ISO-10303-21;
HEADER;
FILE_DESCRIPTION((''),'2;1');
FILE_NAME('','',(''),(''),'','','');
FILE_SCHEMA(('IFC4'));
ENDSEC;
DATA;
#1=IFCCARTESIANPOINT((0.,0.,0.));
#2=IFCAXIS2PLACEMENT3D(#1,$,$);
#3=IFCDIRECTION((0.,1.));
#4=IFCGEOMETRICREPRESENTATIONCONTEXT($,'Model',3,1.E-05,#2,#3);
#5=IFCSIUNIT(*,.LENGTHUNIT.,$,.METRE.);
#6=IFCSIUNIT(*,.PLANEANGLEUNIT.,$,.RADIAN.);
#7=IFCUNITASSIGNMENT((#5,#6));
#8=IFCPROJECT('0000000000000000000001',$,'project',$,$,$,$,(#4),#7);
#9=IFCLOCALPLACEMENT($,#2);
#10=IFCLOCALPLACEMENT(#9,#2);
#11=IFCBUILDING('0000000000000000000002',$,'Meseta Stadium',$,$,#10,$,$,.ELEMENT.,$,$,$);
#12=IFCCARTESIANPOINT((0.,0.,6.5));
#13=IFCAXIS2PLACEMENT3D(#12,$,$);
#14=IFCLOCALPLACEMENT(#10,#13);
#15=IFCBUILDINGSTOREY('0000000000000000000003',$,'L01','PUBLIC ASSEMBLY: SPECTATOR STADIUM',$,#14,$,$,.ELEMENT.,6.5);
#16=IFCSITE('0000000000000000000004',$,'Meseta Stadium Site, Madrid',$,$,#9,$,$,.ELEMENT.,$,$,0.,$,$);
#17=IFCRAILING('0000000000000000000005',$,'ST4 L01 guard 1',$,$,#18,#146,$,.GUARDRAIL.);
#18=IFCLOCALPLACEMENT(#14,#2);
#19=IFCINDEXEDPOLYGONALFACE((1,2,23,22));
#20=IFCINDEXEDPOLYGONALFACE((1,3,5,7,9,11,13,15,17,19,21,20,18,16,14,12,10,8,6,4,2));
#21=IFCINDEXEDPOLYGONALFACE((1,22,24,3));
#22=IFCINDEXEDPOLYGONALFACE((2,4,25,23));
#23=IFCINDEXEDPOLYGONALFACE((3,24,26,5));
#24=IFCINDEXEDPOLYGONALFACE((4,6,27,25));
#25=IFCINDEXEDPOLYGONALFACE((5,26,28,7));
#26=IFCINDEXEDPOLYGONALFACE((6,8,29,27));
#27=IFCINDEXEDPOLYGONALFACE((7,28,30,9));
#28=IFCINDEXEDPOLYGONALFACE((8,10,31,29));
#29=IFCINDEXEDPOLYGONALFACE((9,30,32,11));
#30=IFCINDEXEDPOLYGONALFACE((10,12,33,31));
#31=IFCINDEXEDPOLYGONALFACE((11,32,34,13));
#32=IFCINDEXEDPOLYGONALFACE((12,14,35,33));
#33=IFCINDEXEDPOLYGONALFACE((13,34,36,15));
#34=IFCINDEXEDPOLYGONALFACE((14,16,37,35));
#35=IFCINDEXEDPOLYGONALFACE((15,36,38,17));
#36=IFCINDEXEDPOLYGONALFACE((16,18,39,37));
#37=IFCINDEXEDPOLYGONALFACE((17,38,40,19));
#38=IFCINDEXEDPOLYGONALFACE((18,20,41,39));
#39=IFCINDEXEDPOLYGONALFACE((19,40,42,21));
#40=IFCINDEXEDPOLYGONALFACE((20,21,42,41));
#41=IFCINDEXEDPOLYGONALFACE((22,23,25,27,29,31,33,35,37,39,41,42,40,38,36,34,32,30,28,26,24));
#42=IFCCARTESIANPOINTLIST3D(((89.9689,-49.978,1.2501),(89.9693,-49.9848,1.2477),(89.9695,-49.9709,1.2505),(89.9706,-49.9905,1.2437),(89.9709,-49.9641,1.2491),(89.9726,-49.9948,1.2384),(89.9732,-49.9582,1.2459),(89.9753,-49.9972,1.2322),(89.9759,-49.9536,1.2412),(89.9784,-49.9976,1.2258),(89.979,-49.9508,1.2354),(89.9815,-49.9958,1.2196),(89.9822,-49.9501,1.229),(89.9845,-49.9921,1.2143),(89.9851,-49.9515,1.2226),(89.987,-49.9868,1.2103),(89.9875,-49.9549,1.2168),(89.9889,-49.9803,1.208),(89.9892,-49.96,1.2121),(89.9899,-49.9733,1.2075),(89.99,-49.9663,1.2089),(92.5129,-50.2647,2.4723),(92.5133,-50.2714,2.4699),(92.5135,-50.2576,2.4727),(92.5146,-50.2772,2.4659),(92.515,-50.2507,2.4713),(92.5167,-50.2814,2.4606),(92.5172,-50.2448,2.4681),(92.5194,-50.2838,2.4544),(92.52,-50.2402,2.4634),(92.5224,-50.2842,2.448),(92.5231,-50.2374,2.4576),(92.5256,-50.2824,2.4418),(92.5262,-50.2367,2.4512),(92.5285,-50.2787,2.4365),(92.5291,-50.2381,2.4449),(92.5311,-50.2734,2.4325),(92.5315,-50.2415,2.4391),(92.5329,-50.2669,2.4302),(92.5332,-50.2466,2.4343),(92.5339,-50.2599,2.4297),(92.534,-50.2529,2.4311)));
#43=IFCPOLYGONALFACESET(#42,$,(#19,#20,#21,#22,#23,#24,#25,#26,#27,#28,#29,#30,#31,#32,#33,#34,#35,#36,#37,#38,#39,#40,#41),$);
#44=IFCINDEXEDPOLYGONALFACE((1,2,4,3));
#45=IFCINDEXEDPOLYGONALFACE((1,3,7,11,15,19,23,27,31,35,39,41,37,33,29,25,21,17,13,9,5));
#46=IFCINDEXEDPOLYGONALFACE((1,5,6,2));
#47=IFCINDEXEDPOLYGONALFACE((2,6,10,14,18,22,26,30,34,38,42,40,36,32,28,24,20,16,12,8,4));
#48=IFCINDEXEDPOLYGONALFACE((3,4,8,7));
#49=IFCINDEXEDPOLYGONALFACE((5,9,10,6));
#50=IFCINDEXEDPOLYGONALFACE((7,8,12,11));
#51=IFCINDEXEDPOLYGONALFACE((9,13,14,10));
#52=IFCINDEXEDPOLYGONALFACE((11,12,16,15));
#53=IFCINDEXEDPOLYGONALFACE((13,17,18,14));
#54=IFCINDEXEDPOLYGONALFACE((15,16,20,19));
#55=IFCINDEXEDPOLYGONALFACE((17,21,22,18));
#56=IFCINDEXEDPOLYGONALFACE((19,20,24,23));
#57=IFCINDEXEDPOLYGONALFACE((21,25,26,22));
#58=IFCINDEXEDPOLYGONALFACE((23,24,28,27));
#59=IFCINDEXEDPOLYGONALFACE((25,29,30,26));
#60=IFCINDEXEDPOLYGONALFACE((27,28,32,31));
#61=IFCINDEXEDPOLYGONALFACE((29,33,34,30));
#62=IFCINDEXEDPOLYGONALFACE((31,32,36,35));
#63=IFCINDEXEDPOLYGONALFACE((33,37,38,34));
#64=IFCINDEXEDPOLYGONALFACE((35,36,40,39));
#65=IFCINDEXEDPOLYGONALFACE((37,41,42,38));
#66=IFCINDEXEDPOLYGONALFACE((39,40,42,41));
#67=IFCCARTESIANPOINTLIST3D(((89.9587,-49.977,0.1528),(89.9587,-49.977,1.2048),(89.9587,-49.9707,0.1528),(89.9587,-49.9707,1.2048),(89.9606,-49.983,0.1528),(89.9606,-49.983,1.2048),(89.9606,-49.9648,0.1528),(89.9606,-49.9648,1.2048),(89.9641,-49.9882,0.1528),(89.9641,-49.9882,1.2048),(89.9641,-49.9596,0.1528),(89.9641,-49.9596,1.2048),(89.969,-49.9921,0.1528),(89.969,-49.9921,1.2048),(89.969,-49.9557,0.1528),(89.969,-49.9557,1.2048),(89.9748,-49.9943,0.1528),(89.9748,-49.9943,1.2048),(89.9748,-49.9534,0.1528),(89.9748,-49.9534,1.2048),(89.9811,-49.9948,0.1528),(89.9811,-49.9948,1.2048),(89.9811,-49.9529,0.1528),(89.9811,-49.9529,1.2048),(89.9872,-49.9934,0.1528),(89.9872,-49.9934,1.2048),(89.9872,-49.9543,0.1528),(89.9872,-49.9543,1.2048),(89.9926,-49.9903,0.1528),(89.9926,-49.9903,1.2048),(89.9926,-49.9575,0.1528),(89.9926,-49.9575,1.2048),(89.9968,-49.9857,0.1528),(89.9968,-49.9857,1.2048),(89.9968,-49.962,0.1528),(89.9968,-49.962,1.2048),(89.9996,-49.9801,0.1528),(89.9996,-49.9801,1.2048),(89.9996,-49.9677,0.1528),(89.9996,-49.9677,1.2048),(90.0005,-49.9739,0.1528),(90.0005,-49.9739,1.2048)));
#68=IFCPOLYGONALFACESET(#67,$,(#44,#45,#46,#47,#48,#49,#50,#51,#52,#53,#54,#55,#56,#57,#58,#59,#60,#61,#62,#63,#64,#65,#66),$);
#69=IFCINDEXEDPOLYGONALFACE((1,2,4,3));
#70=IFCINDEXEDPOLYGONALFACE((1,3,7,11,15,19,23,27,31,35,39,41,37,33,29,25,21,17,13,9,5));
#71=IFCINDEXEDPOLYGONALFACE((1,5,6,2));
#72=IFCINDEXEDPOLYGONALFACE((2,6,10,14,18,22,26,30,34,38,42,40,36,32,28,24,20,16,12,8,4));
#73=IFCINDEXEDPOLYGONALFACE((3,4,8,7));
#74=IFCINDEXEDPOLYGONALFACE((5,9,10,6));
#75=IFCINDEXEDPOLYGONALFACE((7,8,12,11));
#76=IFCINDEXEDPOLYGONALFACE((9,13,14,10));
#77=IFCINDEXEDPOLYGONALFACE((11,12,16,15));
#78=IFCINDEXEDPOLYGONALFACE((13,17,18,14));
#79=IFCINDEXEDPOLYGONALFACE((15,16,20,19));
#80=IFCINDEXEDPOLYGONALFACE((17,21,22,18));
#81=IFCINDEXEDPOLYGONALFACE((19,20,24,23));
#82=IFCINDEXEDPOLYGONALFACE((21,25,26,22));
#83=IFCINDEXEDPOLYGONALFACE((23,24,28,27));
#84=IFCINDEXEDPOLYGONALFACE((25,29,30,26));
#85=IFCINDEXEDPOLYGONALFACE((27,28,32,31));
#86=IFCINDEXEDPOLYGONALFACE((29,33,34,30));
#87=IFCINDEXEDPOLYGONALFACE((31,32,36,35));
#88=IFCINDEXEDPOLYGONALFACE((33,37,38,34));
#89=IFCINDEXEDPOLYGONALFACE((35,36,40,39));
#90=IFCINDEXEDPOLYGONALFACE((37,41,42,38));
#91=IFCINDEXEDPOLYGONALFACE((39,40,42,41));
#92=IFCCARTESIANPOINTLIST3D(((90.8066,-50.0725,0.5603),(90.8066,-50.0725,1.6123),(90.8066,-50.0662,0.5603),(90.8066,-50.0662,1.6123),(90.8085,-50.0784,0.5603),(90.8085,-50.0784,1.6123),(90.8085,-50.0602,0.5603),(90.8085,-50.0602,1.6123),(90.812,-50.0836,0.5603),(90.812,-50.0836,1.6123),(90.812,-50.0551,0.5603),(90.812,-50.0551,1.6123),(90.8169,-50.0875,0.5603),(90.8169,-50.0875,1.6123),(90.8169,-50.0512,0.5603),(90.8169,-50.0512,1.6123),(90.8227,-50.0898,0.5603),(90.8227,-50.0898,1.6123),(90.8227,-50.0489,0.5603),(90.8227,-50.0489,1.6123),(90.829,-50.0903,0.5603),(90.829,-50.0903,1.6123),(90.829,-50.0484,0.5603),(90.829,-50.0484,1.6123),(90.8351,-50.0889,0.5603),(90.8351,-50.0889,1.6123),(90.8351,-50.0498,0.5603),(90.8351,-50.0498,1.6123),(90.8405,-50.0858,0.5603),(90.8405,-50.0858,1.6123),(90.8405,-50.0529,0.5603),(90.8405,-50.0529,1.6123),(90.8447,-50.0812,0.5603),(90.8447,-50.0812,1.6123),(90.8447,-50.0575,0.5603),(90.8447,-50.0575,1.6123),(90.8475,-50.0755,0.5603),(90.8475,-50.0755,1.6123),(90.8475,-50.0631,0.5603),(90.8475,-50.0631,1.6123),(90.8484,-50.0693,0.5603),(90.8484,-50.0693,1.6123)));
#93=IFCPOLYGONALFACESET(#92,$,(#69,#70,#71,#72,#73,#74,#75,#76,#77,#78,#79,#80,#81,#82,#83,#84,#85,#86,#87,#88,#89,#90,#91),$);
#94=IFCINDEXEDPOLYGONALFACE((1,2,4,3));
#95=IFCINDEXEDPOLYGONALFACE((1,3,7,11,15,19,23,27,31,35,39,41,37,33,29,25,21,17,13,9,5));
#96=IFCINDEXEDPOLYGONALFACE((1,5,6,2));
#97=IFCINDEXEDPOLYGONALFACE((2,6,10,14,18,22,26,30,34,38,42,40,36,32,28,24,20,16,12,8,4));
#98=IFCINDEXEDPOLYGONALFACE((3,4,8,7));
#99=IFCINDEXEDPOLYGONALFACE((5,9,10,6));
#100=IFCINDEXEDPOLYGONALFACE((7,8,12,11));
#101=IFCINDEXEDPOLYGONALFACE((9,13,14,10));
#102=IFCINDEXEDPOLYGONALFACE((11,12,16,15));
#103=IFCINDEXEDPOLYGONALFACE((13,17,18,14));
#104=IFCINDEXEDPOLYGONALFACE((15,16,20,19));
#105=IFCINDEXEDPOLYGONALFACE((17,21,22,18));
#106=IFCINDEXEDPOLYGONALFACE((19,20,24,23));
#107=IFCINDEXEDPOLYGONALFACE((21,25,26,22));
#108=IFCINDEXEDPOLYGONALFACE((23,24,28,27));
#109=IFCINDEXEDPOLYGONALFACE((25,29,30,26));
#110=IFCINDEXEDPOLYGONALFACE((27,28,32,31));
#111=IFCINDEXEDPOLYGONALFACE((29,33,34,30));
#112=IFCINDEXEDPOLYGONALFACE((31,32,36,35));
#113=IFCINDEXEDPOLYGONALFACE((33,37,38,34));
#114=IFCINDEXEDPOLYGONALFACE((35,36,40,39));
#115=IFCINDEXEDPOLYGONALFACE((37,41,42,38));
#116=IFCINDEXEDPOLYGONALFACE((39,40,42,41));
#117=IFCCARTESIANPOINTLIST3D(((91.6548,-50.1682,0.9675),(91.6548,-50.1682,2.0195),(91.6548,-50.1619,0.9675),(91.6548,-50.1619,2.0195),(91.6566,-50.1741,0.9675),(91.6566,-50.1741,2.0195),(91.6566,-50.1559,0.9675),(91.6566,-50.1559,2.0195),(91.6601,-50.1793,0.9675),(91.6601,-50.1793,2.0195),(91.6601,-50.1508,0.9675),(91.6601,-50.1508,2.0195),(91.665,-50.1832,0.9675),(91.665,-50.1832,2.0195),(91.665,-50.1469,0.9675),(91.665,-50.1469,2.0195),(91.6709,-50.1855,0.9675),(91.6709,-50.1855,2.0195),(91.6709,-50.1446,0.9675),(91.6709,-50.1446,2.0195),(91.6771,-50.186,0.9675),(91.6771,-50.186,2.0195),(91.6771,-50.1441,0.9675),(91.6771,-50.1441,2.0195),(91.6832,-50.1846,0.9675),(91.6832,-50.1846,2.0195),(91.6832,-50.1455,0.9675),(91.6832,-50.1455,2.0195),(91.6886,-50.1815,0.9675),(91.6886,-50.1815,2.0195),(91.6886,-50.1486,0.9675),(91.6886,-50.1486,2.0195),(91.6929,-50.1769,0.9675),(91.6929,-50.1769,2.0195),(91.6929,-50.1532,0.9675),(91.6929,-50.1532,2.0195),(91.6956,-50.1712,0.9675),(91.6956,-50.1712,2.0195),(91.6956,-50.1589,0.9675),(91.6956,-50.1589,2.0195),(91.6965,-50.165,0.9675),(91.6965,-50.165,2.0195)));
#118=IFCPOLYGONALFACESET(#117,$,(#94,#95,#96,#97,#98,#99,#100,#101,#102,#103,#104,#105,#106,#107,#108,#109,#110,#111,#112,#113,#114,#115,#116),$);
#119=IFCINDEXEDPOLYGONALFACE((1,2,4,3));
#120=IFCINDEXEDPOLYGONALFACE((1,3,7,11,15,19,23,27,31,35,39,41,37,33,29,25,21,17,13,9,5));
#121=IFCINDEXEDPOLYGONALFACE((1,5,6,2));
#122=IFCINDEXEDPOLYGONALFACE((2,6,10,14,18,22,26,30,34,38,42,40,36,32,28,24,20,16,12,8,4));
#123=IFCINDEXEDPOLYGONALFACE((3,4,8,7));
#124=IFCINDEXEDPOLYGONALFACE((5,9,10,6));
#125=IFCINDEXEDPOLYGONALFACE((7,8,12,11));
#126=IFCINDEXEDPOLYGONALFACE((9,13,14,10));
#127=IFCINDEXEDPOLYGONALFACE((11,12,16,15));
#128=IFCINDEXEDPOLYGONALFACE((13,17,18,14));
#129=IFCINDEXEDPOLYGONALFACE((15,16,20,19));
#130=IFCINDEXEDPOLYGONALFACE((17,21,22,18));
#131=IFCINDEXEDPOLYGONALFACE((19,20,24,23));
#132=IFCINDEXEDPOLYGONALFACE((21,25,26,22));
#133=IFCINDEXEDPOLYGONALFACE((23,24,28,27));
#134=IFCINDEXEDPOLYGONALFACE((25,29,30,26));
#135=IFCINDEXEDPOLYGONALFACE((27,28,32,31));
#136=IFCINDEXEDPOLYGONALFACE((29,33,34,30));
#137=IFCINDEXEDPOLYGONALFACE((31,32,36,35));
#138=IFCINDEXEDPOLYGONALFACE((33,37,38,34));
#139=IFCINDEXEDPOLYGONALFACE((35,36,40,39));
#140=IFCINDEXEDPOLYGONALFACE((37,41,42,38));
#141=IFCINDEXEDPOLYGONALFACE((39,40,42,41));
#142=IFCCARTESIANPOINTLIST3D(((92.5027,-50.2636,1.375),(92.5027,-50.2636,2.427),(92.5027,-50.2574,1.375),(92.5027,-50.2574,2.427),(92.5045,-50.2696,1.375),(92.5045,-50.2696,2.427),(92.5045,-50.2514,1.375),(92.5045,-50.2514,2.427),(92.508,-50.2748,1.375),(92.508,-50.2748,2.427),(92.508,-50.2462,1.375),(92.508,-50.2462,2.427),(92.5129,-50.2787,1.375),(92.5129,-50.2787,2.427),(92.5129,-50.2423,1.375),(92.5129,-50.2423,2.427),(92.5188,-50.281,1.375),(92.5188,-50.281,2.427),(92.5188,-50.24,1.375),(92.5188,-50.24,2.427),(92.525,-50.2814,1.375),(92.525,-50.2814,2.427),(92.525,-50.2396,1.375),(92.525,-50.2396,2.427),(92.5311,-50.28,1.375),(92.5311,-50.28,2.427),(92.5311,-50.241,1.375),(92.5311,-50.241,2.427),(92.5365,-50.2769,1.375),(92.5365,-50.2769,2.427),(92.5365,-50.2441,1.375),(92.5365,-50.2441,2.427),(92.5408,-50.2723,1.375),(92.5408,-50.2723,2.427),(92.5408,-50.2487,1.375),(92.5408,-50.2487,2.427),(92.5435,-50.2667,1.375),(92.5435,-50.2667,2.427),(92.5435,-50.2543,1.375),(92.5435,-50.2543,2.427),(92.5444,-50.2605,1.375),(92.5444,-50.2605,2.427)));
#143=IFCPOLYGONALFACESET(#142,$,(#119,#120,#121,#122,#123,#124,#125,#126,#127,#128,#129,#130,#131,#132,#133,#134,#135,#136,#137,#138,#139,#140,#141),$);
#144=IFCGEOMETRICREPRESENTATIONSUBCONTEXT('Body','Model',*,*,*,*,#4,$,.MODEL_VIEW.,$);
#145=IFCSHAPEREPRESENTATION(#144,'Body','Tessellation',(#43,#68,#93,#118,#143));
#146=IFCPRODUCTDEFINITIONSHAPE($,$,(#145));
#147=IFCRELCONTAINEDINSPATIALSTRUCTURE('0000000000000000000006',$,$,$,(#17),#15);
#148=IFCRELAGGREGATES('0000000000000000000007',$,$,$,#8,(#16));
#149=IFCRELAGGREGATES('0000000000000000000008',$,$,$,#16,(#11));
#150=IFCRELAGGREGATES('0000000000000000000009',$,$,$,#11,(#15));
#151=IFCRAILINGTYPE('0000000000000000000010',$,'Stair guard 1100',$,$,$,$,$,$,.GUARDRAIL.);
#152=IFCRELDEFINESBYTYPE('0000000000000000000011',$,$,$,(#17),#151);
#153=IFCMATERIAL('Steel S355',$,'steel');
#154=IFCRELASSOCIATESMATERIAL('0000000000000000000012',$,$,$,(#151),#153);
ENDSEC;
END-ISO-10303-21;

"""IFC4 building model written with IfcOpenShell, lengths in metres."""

from ifc_helpers import new_model, si_unit, direction, frame, origin, origin_2d, place, context, subcontext, project, spatial, circle, extrude, material, type_object, element, save


model = new_model("IFC4")

# Units and contexts
model_context = context("Model", 3, precision=1e-05, world=origin(), true_north=direction((0.0, 1.0)))
body_context = subcontext(model_context, "Body", "Model", "MODEL_VIEW")
ifc_project = project(units=[si_unit("LENGTHUNIT", "METRE"), si_unit("PLANEANGLEUNIT", "RADIAN")], contexts=[model_context])

# Site, building, storey
site_placement = place(None, origin())
site = spatial("IfcSite", under=ifc_project, at=site_placement, Name="Meseta Stadium Site, Madrid", CompositionType="ELEMENT", RefElevation=0.0)
building_placement = place(site_placement, origin())
building = spatial("IfcBuilding", under=site, at=building_placement, Name="Meseta Stadium", CompositionType="ELEMENT")
storey_placement = place(building_placement, frame((0.0, 0.0, 6.5)))
storey = spatial("IfcBuildingStorey", under=building, at=storey_placement, Name="L01", Description="PUBLIC ASSEMBLY: SPECTATOR STADIUM", CompositionType="ELEMENT", Elevation=6.5)

# Railing
ifc_material_1 = material(Name="Steel S355", Category="steel")
railing_type_1 = type_object("IfcRailingType", Name="Stair guard 1100", PredefinedType="GUARDRAIL", material=ifc_material_1)
railing_1_placement = place(storey_placement, frame((89.9795, -49.9739, 0.1528)))
element("IfcRailing", 1, at=railing_1_placement, inside=storey, type_object=railing_type_1, Name="ST4 L01 guard 1", PredefinedType="GUARDRAIL", context=body_context, shape_type="SweptSolid", body=[
    extrude(circle(Radius=0.0239, at=origin_2d()), frame((0.0, 0.0, 1.0762), z_axis=(0.896762, -0.101036, 0.430824), x_axis=(0.11196, 0.993713, 0.0)), (0.0, 0.0, 1.0), 2.8369),
    extrude(circle(Radius=0.021, at=origin_2d()), origin(), (0.0, 0.0, 1.0), 1.052),
    extrude(circle(Radius=0.021, at=origin_2d()), frame((0.8479, -0.0955, 0.4075)), (0.0, 0.0, 1.0), 1.052),
    extrude(circle(Radius=0.021, at=origin_2d()), frame((1.696, -0.1912, 0.8147)), (0.0, 0.0, 1.0), 1.052),
    extrude(circle(Radius=0.021, at=origin_2d()), frame((2.5439, -0.2866, 1.2222)), (0.0, 0.0, 1.0), 1.052),
])

save(model, "model.ifc")
